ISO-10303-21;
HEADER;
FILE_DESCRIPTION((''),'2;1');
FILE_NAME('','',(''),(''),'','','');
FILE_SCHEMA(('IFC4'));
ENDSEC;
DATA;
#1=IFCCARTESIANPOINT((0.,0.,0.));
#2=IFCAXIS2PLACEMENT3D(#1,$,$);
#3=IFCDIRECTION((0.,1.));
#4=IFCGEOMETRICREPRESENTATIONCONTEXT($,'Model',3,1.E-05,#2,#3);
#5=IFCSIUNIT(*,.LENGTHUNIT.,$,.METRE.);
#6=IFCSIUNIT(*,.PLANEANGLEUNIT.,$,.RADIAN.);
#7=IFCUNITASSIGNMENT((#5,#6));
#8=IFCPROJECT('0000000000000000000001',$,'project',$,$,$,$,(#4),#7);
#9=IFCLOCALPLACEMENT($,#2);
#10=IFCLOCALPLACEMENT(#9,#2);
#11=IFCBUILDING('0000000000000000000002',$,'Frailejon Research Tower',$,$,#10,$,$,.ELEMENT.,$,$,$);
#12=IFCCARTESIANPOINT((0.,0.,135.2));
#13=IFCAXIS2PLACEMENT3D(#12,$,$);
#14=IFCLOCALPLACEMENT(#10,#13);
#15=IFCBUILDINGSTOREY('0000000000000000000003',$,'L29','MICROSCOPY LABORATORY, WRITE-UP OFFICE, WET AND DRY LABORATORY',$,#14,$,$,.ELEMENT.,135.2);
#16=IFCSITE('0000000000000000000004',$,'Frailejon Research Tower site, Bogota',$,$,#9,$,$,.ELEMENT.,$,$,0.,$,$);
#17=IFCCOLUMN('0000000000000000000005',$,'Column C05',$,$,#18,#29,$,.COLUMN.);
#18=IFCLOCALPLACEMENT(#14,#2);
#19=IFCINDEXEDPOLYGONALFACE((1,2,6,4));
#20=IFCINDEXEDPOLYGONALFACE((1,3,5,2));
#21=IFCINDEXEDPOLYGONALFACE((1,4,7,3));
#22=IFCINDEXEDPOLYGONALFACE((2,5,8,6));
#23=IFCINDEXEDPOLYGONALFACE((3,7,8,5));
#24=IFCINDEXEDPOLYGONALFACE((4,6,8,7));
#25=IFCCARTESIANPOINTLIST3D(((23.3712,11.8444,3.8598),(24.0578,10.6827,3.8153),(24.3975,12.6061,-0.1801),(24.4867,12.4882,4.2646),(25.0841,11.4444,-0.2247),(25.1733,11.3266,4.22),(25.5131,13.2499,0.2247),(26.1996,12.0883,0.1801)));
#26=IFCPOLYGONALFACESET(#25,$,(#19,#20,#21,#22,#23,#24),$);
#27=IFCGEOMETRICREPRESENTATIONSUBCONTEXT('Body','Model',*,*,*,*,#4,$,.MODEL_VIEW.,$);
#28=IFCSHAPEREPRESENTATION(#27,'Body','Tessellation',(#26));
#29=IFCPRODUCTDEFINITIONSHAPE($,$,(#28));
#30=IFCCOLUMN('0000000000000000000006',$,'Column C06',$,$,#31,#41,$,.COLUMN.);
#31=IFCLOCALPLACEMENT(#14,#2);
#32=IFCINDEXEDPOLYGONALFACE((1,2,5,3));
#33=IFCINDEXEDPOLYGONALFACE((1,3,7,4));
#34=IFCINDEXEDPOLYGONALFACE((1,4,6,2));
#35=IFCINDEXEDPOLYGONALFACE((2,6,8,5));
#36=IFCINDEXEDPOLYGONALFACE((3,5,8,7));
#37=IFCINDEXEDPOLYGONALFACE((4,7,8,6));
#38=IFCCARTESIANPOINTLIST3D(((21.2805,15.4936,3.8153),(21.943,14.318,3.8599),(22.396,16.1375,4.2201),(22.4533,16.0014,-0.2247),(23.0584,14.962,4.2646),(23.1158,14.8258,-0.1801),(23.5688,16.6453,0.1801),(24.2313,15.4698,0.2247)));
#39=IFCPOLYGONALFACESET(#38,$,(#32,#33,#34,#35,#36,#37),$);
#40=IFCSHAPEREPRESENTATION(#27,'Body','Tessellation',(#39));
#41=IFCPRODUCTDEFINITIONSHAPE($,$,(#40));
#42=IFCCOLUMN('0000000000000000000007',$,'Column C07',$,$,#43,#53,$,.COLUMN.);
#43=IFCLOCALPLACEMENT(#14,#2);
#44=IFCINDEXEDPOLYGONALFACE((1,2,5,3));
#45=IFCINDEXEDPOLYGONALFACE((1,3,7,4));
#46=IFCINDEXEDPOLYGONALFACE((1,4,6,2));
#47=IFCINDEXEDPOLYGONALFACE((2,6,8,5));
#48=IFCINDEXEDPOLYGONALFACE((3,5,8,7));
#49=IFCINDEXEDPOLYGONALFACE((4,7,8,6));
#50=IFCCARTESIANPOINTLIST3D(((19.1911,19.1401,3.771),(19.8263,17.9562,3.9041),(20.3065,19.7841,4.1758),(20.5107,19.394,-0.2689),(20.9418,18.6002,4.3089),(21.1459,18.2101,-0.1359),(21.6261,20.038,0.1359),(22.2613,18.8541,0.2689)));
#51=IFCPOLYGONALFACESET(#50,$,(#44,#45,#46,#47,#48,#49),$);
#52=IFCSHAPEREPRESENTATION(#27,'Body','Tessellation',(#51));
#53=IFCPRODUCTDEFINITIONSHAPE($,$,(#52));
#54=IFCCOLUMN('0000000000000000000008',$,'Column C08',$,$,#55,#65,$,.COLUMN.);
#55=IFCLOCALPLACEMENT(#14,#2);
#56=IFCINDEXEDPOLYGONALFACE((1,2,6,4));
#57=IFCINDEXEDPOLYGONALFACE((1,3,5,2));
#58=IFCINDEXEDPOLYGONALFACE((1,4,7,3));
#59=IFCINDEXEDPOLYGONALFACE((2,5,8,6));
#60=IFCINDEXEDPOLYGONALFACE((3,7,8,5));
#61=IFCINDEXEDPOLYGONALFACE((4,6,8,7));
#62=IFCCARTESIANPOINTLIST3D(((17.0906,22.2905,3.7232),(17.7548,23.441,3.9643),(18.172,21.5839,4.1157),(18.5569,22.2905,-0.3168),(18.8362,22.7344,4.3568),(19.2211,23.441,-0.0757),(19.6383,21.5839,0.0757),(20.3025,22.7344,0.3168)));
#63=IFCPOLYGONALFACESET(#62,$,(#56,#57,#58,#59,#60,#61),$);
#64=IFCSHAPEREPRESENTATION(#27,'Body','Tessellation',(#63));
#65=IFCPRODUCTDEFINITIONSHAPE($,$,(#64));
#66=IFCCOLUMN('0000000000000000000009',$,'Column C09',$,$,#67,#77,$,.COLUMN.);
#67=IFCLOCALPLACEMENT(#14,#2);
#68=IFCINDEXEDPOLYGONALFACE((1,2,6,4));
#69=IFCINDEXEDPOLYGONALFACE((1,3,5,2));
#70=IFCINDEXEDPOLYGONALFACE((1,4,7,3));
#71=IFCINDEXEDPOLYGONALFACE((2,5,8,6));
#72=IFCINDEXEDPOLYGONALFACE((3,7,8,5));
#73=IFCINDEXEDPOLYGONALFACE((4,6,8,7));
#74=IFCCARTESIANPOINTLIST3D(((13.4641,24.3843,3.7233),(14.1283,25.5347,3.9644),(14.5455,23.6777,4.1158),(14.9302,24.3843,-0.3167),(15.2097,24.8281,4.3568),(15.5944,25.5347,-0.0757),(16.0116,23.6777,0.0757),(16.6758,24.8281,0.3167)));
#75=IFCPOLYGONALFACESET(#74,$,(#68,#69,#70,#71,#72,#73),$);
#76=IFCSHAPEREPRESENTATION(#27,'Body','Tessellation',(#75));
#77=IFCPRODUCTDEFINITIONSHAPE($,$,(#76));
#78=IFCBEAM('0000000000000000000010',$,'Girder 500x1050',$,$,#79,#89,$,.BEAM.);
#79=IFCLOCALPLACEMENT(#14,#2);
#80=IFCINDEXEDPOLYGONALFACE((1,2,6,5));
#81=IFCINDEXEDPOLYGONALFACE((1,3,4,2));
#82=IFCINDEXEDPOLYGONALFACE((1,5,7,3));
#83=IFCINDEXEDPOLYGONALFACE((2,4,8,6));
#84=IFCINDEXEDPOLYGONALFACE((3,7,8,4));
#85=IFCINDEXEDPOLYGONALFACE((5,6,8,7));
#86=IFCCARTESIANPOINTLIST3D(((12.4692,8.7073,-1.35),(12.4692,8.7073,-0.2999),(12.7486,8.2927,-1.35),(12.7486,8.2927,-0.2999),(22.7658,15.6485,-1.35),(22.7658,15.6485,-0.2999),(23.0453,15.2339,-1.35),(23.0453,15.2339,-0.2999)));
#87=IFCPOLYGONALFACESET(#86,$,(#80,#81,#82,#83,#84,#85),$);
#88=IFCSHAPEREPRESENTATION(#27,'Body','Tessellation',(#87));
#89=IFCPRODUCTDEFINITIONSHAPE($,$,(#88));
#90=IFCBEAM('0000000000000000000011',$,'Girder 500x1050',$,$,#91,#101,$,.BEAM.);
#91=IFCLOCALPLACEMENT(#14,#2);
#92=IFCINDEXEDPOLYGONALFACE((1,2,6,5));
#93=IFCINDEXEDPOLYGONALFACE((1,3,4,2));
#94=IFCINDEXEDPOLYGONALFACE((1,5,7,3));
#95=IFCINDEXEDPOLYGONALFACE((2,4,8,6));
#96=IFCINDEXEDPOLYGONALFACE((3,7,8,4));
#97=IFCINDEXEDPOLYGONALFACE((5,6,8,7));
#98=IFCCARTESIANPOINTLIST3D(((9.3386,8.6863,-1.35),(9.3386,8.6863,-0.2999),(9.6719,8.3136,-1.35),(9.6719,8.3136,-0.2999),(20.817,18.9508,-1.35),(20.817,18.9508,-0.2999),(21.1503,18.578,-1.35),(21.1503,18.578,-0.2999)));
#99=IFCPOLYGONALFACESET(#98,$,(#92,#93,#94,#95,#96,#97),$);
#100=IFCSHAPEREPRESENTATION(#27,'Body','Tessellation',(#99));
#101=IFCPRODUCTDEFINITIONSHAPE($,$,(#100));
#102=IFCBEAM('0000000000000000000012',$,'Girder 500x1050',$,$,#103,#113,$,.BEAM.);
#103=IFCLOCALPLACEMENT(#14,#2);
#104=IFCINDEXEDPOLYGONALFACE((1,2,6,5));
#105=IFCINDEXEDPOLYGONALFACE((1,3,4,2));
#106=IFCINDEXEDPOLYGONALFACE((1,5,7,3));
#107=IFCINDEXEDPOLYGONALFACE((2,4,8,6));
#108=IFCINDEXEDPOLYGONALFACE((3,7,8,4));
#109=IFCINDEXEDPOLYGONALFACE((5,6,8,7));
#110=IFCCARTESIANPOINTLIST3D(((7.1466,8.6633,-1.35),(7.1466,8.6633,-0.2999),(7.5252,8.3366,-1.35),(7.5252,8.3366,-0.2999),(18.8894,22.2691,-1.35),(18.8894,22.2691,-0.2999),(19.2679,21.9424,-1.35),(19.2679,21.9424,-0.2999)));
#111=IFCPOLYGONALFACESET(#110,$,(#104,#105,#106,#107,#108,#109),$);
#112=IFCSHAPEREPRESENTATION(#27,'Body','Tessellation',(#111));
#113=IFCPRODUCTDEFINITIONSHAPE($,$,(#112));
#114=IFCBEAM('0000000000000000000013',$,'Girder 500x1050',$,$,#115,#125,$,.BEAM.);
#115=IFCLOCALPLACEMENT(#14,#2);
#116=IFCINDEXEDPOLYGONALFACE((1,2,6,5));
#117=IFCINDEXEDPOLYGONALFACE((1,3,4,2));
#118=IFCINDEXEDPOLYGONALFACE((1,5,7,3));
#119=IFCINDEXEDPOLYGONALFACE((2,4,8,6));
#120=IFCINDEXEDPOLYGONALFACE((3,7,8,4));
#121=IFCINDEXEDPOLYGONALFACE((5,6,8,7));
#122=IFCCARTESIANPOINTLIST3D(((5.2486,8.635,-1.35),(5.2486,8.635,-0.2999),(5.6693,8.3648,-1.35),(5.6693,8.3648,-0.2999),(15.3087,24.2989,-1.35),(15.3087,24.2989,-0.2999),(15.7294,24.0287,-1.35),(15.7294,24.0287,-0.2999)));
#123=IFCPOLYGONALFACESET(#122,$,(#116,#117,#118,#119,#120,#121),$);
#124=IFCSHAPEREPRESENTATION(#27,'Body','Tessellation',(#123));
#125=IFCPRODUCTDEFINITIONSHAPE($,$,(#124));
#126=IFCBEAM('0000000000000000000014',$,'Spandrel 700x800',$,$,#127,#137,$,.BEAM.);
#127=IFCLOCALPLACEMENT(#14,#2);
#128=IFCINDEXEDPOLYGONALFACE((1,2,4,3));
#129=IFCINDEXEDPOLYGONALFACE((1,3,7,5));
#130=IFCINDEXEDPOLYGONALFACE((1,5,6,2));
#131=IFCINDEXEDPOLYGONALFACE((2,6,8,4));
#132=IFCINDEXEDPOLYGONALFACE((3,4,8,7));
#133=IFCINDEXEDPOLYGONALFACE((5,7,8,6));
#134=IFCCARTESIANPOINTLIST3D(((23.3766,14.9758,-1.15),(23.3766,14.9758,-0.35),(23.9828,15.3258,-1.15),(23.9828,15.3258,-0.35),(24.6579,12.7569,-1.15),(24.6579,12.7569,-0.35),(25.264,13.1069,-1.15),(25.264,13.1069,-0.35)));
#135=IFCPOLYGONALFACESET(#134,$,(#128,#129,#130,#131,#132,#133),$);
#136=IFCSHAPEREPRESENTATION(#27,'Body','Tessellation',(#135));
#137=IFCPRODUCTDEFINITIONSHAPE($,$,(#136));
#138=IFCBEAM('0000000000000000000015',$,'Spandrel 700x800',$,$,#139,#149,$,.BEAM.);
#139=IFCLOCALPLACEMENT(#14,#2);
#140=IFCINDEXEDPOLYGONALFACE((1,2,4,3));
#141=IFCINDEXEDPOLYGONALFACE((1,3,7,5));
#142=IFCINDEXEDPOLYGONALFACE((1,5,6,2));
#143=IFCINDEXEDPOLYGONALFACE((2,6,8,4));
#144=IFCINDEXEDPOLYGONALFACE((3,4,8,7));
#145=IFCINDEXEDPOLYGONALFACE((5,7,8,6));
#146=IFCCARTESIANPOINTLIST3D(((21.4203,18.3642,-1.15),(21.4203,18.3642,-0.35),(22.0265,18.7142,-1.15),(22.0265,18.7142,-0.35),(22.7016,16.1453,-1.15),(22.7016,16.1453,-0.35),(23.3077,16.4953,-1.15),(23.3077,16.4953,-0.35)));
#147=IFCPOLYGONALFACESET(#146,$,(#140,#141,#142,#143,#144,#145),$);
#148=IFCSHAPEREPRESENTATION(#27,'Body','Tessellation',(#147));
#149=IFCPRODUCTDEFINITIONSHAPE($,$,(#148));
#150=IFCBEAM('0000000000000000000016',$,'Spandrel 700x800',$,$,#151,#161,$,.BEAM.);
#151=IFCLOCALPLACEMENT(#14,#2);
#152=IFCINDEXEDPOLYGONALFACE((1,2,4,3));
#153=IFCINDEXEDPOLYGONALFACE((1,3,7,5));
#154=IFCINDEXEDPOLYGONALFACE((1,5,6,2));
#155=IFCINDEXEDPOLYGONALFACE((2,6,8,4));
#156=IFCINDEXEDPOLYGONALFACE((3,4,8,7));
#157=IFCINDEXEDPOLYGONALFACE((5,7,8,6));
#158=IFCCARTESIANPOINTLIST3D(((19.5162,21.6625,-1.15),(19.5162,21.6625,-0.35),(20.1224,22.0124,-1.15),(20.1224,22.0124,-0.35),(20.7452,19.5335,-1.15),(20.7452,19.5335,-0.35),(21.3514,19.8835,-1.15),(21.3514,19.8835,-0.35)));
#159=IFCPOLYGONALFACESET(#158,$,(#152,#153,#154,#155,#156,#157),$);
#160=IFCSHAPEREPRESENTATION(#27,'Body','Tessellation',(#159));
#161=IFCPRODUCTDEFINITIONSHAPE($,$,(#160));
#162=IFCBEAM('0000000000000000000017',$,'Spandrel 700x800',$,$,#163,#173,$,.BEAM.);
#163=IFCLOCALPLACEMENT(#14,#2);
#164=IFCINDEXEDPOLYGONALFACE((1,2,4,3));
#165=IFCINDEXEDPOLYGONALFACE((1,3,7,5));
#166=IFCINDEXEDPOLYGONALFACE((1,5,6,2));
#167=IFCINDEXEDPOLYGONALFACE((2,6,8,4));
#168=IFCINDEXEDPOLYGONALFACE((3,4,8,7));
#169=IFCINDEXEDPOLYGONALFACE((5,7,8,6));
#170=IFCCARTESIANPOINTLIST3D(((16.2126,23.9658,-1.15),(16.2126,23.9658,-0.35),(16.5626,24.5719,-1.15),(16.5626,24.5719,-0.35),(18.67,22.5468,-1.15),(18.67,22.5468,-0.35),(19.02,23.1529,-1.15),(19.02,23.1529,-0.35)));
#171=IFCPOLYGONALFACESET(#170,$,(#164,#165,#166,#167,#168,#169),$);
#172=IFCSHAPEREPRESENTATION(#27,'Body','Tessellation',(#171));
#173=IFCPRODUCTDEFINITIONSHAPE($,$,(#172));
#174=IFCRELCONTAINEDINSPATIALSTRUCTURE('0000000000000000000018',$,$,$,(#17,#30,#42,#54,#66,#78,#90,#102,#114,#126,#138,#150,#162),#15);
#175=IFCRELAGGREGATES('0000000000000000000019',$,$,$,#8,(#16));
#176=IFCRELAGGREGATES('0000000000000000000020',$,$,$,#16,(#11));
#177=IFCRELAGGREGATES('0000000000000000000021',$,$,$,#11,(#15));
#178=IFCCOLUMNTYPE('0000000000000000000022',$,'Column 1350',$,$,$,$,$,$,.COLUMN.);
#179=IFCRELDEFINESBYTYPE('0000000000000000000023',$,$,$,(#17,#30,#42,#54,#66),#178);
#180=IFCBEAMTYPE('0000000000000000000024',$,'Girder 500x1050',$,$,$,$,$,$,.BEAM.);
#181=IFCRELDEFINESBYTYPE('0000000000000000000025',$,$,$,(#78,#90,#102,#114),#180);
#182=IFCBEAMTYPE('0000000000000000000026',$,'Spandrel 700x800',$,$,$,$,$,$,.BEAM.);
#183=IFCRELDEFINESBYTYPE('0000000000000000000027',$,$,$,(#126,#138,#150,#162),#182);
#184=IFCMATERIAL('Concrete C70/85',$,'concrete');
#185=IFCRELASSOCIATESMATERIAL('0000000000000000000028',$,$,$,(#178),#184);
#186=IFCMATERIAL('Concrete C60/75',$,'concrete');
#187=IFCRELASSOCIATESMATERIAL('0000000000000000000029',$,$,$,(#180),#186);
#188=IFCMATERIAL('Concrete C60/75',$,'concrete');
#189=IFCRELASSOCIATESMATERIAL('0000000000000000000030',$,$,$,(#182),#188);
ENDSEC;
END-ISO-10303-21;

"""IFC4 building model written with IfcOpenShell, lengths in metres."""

from ifc_helpers import new_model, si_unit, direction, frame, origin, origin_2d, place, context, subcontext, project, spatial, rectangle, extrude, material, material_profile, profile_set, type_object, element, save


model = new_model("IFC4")

# Units and contexts
model_context = context("Model", 3, precision=1e-05, world=origin(), true_north=direction((0.0, 1.0)))
body_context = subcontext(model_context, "Body", "Model", "MODEL_VIEW")
ifc_project = project(units=[si_unit("LENGTHUNIT", "METRE"), si_unit("PLANEANGLEUNIT", "RADIAN")], contexts=[model_context])

# Site, building, storey
site_placement = place(None, origin())
site = spatial("IfcSite", under=ifc_project, at=site_placement, Name="Frailejon Research Tower site, Bogota", CompositionType="ELEMENT", RefElevation=0.0)
building_placement = place(site_placement, origin())
building = spatial("IfcBuilding", under=site, at=building_placement, Name="Frailejon Research Tower", CompositionType="ELEMENT")
storey_placement = place(building_placement, frame((0.0, 0.0, 135.2)))
storey = spatial("IfcBuildingStorey", under=building, at=storey_placement, Name="L29", Description="MICROSCOPY LABORATORY, WRITE-UP OFFICE, WET AND DRY LABORATORY", CompositionType="ELEMENT", Elevation=135.2)

# Columns
ifc_material_1 = material(Name="Concrete C70/85", Category="concrete")
ifc_material_profile_1 = material_profile(ifc_material_1, rectangle(XDim=1.3501, YDim=1.3501, at=origin_2d()), Name="Column 1350")
ifc_profile_set_1 = profile_set([ifc_material_profile_1], Name="Concrete C70/85")
column_type = type_object("IfcColumnType", Name="Column 1350", PredefinedType="COLUMN", material=ifc_profile_set_1)
for number, where, z_axis, x_axis, name in (
    (1, (25.2986, 12.3472, 0.0), (-0.242216, -0.179761, 0.953424), (-0.508553, 0.860397, 0.033024), "Column C05"),
    (2, (23.3423, 15.7356, 0.0), (-0.276787, -0.119841, 0.953429), (-0.490682, 0.870713, -0.033004), "Column C06"),
):
    element("IfcColumn", number, at=place(storey_placement, frame(where, z_axis=z_axis, x_axis=x_axis)), inside=storey, type_object=column_type, Name=name, PredefinedType="COLUMN", context=body_context, shape_type="SweptSolid", body=[
        extrude(rectangle(XDim=1.3501, YDim=1.3501, at=origin_2d()), origin(), (0.0, 0.0, 1.0), 4.2373),
    ])
column_placement = place(storey_placement, frame((21.386, 19.124, 0.0), z_axis=(-0.309931, -0.059635, 0.948887), x_axis=(-0.470499, 0.876878, -0.098567)))
element("IfcColumn", 3, at=column_placement, inside=storey, type_object=column_type, Name="Column C07", PredefinedType="COLUMN", context=body_context, shape_type="SweptSolid", body=[
    extrude(rectangle(XDim=1.3501, YDim=1.3501, at=origin_2d()), origin(), (0.0, 0.0, 1.0), 4.2576),
])
for number, where, z_axis, x_axis, name in (
    (4, (19.4297, 22.5125, 0.0), (-0.341168, 0.0, 0.940002), (-0.800988, 0.523358, -0.290714), "Column C08"),
    (5, (15.803, 24.6062, 0.0), (-0.341118, 0.0, 0.94002), (-0.801003, 0.523358, -0.290671), "Column C09"),
):
    element("IfcColumn", number, at=place(storey_placement, frame(where, z_axis=z_axis, x_axis=x_axis)), inside=storey, type_object=column_type, Name=name, PredefinedType="COLUMN", context=body_context, shape_type="SweptSolid", body=[
        extrude(rectangle(XDim=1.3501, YDim=1.3501, at=origin_2d()), origin(), (0.0, 0.0, 1.0), 4.2979),
    ])

# Beams
ifc_material_2 = material(Name="Concrete C60/75", Category="concrete")
ifc_material_profile_2 = material_profile(ifc_material_2, rectangle(XDim=0.5, YDim=1.05, at=origin_2d()), Name="Girder 500x1050")
ifc_profile_set_2 = profile_set([ifc_material_profile_2], Name="Concrete C60/75")
beam_type_1 = type_object("IfcBeamType", Name="Girder 500x1050", PredefinedType="BEAM", material=ifc_profile_set_2)
beam_1_placement = place(storey_placement, frame((22.9055, 15.4412, -0.825), z_axis=(-0.829187, -0.558971, 0.0), x_axis=(0.558971, -0.829187, 0.0)))
element("IfcBeam", 6, at=beam_1_placement, inside=storey, type_object=beam_type_1, Name="Girder 500x1050", PredefinedType="BEAM", context=body_context, shape_type="SweptSolid", body=[
    extrude(rectangle(XDim=0.5, YDim=1.05, at=origin_2d()), origin(), (0.0, 0.0, 1.0), 12.4177),
])
beam_2_placement = place(storey_placement, frame((20.9836, 18.7644, -0.825), z_axis=(-0.745423, -0.666592, 0.0), x_axis=(0.666592, -0.745423, 0.0)))
element("IfcBeam", 7, at=beam_2_placement, inside=storey, type_object=beam_type_1, Name="Girder 500x1050", PredefinedType="BEAM", context=body_context, shape_type="SweptSolid", body=[
    extrude(rectangle(XDim=0.5, YDim=1.05, at=origin_2d()), origin(), (0.0, 0.0, 1.0), 15.3984),
])
beam_3_placement = place(storey_placement, frame((19.0786, 22.1057, -0.825), z_axis=(-0.653374, -0.757035, 0.0), x_axis=(0.757035, -0.653374, 0.0)))
element("IfcBeam", 8, at=beam_3_placement, inside=storey, type_object=beam_type_1, Name="Girder 500x1050", PredefinedType="BEAM", context=body_context, shape_type="SweptSolid", body=[
    extrude(rectangle(XDim=0.5, YDim=1.05, at=origin_2d()), origin(), (0.0, 0.0, 1.0), 17.9724),
])
beam_4_placement = place(storey_placement, frame((15.519, 24.1638, -0.825), z_axis=(-0.540395, -0.841411, 0.0), x_axis=(0.841411, -0.540395, 0.0)))
element("IfcBeam", 9, at=beam_4_placement, inside=storey, type_object=beam_type_1, Name="Girder 500x1050", PredefinedType="BEAM", context=body_context, shape_type="SweptSolid", body=[
    extrude(rectangle(XDim=0.5, YDim=1.05, at=origin_2d()), origin(), (0.0, 0.0, 1.0), 18.6162),
])
ifc_material_3 = material(Name="Concrete C60/75", Category="concrete")
ifc_material_profile_3 = material_profile(ifc_material_3, rectangle(XDim=0.7, YDim=0.8, at=origin_2d()), Name="Spandrel 700x800")
ifc_profile_set_3 = profile_set([ifc_material_profile_3], Name="Concrete C60/75")
beam_type_2 = type_object("IfcBeamType", Name="Spandrel 700x800", PredefinedType="BEAM", material=ifc_profile_set_3)
for number, where, z_axis, x_axis, name in (
    (10, (24.9609, 12.9319, -0.75), (-0.500033, 0.866006, 0.0), (-0.866006, -0.500033, 0.0), "Spandrel 700x800"),
    (11, (23.0046, 16.3203, -0.75), (-0.500033, 0.866006, 0.0), (-0.866006, -0.500033, 0.0), "Spandrel 700x800"),
):
    element("IfcBeam", number, at=place(storey_placement, frame(where, z_axis=z_axis, x_axis=x_axis)), inside=storey, type_object=beam_type_2, Name=name, PredefinedType="BEAM", context=body_context, shape_type="SweptSolid", body=[
        extrude(rectangle(XDim=0.7, YDim=0.8, at=origin_2d()), origin(), (0.0, 0.0, 1.0), 2.5623),
    ])
beam_5_placement = place(storey_placement, frame((21.0483, 19.7085, -0.75), z_axis=(-0.499963, 0.866047, 0.0), x_axis=(-0.866047, -0.499963, 0.0)))
element("IfcBeam", 12, at=beam_5_placement, inside=storey, type_object=beam_type_2, Name="Spandrel 700x800", PredefinedType="BEAM", context=body_context, shape_type="SweptSolid", body=[
    extrude(rectangle(XDim=0.7, YDim=0.8, at=origin_2d()), origin(), (0.0, 0.0, 1.0), 2.4583),
])
beam_6_placement = place(storey_placement, frame((18.845, 22.8499, -0.75), z_axis=(-0.865989, 0.500063, 0.0), x_axis=(-0.500063, -0.865989, 0.0)))
element("IfcBeam", 13, at=beam_6_placement, inside=storey, type_object=beam_type_2, Name="Spandrel 700x800", PredefinedType="BEAM", context=body_context, shape_type="SweptSolid", body=[
    extrude(rectangle(XDim=0.7, YDim=0.8, at=origin_2d()), origin(), (0.0, 0.0, 1.0), 2.8376),
])

save(model, "model.ifc")
